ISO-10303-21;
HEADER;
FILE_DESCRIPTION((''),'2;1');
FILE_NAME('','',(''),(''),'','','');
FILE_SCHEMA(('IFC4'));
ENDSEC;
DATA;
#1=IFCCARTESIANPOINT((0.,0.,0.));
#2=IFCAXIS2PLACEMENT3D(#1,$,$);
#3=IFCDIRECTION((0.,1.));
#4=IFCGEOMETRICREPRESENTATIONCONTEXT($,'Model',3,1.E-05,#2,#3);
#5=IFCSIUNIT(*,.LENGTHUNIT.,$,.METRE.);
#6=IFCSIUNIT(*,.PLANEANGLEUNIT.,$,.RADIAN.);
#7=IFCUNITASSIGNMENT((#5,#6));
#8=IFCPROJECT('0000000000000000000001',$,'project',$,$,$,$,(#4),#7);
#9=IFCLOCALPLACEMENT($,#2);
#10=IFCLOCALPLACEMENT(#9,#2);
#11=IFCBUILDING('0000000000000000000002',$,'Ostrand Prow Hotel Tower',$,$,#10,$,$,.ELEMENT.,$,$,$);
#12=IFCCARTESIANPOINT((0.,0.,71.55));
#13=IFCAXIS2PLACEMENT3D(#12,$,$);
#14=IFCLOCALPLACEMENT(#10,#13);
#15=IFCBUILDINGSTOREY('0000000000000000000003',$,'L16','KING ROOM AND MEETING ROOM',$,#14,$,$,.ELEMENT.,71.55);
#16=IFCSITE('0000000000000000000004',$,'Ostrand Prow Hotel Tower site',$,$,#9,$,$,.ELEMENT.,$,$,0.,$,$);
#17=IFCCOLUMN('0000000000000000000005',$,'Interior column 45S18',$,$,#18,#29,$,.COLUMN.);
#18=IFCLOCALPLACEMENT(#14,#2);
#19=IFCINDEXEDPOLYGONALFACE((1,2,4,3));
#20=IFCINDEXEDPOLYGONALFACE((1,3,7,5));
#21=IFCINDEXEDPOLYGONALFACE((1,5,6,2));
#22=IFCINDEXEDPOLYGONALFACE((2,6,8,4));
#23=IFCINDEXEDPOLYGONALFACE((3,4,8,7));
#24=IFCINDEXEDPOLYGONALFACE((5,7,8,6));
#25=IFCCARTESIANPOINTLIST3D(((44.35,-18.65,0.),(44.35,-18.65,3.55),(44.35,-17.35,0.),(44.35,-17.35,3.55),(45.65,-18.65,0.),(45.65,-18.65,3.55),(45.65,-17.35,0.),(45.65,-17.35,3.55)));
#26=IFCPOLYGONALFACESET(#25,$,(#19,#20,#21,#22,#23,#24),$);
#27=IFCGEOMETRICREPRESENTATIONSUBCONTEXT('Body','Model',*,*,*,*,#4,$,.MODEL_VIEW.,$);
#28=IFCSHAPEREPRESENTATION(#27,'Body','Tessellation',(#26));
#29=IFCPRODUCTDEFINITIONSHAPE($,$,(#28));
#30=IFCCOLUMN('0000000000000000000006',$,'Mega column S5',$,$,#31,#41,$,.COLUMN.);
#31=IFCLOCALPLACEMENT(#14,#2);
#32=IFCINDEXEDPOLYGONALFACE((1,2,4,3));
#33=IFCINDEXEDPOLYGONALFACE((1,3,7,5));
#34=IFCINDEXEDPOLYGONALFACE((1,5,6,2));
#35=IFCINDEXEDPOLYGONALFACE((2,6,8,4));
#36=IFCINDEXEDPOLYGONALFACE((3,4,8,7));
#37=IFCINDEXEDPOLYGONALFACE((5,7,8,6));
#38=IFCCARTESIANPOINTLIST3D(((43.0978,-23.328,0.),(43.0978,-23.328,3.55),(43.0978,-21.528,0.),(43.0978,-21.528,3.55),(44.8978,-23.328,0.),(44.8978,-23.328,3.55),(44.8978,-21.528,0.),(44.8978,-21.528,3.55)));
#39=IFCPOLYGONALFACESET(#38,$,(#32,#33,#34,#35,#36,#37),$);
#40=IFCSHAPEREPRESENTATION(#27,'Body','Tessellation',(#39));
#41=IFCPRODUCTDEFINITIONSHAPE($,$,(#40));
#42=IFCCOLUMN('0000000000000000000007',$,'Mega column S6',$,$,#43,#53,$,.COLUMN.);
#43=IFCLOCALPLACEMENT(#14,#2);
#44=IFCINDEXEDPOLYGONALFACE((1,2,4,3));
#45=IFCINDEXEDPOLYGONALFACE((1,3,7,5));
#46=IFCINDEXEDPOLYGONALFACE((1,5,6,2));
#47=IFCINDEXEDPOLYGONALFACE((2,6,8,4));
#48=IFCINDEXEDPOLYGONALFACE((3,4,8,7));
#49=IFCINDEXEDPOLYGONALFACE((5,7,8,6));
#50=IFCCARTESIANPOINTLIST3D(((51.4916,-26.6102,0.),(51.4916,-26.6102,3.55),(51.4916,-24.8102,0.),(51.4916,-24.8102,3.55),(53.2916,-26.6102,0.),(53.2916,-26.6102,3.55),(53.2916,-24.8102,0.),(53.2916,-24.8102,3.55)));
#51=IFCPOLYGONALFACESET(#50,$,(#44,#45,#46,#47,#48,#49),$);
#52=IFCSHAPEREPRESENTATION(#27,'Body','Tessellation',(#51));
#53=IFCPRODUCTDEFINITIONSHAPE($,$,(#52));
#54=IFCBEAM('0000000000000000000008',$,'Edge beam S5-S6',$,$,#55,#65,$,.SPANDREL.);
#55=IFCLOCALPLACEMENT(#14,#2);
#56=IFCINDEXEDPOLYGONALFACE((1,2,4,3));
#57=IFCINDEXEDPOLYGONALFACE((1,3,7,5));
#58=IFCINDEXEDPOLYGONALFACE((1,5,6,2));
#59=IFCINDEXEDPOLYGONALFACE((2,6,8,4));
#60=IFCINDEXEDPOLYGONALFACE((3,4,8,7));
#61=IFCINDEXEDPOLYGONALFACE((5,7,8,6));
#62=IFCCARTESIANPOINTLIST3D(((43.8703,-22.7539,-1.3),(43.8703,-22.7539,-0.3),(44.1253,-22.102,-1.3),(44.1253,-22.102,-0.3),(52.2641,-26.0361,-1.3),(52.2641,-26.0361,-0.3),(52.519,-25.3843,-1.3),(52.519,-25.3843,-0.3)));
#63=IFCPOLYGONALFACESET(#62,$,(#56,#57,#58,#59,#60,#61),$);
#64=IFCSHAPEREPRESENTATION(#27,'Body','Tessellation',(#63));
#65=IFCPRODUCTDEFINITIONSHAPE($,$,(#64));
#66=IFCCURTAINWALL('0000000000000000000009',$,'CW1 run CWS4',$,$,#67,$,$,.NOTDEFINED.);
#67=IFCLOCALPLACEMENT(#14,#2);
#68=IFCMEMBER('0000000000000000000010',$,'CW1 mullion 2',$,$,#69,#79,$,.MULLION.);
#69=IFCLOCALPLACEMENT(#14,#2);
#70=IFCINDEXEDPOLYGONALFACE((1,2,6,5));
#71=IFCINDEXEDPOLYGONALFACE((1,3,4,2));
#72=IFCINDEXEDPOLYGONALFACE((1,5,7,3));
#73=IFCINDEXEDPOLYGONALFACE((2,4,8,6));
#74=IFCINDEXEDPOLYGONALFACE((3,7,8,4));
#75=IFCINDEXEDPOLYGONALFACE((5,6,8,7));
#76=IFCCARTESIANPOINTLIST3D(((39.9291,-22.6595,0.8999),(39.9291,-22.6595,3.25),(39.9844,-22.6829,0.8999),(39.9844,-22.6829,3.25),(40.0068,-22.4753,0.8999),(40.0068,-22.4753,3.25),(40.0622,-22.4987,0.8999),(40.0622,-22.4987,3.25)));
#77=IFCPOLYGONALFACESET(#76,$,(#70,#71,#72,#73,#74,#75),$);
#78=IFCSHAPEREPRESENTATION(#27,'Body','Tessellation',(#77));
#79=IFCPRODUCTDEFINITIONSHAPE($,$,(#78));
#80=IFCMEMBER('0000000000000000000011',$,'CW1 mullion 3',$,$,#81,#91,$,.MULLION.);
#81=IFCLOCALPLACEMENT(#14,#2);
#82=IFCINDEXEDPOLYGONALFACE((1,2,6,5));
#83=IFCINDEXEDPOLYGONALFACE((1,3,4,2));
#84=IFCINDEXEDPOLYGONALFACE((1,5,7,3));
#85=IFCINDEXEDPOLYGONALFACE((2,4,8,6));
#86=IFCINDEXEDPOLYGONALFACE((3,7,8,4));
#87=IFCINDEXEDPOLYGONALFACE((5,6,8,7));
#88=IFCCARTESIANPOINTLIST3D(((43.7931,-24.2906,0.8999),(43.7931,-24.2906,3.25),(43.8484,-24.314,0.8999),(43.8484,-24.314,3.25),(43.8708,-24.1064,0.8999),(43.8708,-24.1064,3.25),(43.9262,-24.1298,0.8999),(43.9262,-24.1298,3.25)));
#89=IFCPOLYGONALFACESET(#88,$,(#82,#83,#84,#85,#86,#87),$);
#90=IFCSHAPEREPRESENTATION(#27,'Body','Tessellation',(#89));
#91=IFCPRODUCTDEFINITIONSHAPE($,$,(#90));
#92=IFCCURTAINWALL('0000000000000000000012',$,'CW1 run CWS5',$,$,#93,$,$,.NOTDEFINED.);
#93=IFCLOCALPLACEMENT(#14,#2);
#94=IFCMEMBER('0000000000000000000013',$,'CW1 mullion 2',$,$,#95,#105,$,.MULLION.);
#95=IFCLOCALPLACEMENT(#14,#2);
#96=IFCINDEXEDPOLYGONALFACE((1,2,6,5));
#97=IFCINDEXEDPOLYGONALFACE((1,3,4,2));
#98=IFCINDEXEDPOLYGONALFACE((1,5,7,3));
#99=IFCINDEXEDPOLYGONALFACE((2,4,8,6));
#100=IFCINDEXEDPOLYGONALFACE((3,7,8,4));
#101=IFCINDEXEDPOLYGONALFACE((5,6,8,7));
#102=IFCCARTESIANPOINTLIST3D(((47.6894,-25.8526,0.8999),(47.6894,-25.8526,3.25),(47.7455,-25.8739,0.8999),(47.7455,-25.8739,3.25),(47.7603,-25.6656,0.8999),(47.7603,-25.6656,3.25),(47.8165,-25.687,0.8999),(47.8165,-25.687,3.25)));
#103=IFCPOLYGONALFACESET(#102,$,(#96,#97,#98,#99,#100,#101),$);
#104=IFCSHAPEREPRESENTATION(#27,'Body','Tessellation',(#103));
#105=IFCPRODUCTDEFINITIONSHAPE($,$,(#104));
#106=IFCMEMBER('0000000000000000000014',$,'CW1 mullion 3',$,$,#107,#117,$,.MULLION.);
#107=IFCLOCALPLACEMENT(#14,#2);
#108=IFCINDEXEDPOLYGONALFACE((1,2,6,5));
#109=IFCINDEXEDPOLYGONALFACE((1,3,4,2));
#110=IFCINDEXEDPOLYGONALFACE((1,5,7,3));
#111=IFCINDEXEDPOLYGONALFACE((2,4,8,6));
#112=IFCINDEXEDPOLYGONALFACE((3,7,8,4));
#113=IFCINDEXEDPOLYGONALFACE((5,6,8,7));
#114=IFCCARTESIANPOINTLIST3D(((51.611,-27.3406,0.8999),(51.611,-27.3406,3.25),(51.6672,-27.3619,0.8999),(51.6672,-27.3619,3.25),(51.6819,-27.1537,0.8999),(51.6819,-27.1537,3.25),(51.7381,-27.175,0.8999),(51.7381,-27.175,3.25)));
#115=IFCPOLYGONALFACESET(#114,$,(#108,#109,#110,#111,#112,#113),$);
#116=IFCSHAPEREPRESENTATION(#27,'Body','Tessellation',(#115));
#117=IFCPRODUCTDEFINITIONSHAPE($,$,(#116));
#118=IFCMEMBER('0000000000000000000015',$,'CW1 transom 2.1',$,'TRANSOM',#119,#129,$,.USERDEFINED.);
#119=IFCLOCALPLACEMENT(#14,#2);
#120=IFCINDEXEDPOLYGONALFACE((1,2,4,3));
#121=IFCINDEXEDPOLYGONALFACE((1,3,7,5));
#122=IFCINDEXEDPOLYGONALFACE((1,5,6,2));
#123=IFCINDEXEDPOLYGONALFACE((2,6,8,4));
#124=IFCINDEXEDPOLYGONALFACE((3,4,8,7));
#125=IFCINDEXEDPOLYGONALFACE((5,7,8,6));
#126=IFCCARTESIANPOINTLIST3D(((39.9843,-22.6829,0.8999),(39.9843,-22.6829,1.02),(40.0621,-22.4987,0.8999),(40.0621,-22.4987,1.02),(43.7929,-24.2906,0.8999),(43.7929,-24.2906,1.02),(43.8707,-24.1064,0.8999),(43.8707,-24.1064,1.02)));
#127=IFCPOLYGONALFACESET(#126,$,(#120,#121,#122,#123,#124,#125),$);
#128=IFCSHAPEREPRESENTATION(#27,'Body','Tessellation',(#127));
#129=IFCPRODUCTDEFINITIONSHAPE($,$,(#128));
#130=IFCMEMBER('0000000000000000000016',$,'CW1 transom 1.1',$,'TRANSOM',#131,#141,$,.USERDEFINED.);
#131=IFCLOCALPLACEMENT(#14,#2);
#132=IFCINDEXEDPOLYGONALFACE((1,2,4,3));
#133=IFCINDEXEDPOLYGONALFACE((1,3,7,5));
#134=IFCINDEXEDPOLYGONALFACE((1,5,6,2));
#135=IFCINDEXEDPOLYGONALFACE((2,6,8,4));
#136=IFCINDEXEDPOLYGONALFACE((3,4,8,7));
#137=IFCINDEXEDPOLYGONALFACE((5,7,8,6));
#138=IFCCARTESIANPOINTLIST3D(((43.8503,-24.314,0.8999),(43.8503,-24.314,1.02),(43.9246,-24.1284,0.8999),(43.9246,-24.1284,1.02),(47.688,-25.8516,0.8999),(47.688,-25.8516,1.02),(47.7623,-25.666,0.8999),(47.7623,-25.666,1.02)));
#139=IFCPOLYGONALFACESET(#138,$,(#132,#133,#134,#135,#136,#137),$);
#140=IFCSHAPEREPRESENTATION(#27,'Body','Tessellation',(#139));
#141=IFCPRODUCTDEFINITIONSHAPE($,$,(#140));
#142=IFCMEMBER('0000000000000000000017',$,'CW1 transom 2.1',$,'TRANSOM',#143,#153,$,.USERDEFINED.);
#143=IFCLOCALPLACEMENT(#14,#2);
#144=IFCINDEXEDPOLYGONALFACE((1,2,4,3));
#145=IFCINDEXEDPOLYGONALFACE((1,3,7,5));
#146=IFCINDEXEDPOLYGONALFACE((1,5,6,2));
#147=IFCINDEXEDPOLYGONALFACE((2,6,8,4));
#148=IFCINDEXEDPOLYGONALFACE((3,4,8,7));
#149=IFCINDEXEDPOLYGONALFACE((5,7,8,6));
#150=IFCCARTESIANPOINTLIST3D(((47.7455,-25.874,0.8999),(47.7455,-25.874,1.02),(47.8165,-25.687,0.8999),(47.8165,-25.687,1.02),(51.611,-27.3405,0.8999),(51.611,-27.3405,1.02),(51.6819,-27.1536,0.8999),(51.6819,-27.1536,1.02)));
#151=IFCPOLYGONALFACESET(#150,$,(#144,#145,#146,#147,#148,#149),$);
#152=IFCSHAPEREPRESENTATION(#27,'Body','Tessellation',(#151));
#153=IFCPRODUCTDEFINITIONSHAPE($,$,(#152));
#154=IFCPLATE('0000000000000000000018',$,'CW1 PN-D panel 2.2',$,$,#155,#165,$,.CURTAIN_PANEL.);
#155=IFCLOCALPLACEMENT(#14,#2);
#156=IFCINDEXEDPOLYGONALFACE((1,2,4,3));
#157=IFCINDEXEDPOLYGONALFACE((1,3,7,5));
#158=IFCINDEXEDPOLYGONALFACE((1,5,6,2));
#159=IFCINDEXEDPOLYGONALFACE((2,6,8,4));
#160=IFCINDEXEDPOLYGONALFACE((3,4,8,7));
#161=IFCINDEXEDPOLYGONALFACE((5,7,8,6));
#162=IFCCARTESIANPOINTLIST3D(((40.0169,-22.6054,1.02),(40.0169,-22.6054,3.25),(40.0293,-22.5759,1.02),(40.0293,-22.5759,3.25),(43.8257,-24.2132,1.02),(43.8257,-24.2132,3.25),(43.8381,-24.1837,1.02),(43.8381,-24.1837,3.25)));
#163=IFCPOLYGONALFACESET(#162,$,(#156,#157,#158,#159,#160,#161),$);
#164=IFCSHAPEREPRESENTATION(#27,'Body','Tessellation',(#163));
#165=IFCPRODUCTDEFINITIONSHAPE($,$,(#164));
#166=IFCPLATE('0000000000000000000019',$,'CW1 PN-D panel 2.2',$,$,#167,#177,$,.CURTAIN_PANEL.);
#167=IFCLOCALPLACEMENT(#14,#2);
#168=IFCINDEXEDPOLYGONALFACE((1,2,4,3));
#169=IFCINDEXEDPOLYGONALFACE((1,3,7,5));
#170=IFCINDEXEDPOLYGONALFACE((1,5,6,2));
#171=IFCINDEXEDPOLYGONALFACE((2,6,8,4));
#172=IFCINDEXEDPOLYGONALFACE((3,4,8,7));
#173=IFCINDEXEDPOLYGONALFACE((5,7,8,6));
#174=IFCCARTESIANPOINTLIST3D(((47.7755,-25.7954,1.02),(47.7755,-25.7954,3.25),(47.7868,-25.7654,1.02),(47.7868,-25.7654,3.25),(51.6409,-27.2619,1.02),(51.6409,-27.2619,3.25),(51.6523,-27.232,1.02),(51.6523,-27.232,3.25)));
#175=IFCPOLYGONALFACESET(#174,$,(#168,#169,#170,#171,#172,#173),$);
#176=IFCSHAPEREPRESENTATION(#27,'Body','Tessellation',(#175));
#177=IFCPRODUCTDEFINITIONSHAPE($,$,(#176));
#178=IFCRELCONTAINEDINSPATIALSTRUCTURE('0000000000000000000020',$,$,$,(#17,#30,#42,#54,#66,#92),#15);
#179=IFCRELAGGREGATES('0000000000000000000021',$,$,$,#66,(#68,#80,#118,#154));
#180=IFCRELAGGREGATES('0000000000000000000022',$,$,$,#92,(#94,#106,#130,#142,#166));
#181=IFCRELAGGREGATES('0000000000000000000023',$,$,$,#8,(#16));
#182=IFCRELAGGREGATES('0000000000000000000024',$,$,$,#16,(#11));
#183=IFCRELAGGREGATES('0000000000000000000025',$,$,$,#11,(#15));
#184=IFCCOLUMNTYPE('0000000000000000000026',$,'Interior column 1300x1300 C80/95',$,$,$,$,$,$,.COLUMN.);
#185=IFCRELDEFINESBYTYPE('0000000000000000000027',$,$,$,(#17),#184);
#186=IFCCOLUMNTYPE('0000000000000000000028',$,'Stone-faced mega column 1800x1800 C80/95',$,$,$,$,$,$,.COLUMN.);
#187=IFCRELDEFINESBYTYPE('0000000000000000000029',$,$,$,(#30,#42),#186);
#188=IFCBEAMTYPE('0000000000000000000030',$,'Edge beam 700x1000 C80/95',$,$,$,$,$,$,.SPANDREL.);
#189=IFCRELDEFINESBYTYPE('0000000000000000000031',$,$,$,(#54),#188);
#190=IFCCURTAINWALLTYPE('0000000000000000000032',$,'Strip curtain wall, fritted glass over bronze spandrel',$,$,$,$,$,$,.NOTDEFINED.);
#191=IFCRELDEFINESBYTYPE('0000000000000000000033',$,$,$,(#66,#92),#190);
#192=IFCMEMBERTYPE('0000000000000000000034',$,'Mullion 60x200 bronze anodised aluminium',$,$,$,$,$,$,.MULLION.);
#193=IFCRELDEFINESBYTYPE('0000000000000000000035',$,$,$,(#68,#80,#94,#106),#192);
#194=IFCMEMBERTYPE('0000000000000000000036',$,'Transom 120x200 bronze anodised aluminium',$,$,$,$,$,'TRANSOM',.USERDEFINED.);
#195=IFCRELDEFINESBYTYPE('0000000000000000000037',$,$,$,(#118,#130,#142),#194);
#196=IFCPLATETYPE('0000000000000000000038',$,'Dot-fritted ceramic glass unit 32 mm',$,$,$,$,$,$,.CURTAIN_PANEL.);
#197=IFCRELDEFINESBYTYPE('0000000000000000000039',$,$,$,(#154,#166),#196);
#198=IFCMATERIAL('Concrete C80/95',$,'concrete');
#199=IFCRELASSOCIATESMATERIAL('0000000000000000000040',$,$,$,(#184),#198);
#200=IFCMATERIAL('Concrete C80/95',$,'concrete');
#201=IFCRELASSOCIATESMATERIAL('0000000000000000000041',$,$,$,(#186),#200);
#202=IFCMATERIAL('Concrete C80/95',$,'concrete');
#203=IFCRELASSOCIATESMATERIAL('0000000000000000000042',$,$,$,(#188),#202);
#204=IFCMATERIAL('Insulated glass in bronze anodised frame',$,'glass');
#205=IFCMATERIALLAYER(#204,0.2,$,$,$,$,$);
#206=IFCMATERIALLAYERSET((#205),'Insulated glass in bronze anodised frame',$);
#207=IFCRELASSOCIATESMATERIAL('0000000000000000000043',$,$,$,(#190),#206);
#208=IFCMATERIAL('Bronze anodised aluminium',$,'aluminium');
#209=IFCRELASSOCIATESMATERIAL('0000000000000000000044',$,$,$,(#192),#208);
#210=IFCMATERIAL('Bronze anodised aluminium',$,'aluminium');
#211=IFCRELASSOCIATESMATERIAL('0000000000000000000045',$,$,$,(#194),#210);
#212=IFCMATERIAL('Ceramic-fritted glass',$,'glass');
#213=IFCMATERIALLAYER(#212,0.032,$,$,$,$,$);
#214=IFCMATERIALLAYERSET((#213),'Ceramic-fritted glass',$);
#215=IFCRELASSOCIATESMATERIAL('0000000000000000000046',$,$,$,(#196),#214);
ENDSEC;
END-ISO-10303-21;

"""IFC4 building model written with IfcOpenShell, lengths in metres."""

from ifc_helpers import new_model, si_unit, direction, frame, origin, origin_2d, place, context, subcontext, project, spatial, rectangle, extrude, material, layer, layer_set, material_profile, profile_set, type_object, element, aggregate, save


model = new_model("IFC4")

# Units and contexts
model_context = context("Model", 3, precision=1e-05, world=origin(), true_north=direction((0.0, 1.0)))
body_context = subcontext(model_context, "Body", "Model", "MODEL_VIEW")
ifc_project = project(units=[si_unit("LENGTHUNIT", "METRE"), si_unit("PLANEANGLEUNIT", "RADIAN")], contexts=[model_context])

# Site, building, storey
site_placement = place(None, origin())
site = spatial("IfcSite", under=ifc_project, at=site_placement, Name="Ostrand Prow Hotel Tower site", CompositionType="ELEMENT", RefElevation=0.0)
building_placement = place(site_placement, origin())
building = spatial("IfcBuilding", under=site, at=building_placement, Name="Ostrand Prow Hotel Tower", CompositionType="ELEMENT")
storey_placement = place(building_placement, frame((0.0, 0.0, 71.55)))
storey = spatial("IfcBuildingStorey", under=building, at=storey_placement, Name="L16", Description="KING ROOM AND MEETING ROOM", CompositionType="ELEMENT", Elevation=71.55)

# Columns
ifc_material_1 = material(Name="Concrete C80/95", Category="concrete")
ifc_material_profile_1 = material_profile(ifc_material_1, rectangle(XDim=1.3, YDim=1.3, at=origin_2d()), Name="RC 1300x1300")
ifc_profile_set_1 = profile_set([ifc_material_profile_1], Name="Concrete C80/95")
column_type_1 = type_object("IfcColumnType", Name="Interior column 1300x1300 C80/95", PredefinedType="COLUMN", material=ifc_profile_set_1)
column_placement = place(storey_placement, frame((45.0, -18.0, 0.0), z_axis=(0.0, 0.0, 1.0), x_axis=(1.0, 0.0, 0.0)))
element("IfcColumn", 1, at=column_placement, inside=storey, type_object=column_type_1, Name="Interior column 45S18", PredefinedType="COLUMN", context=body_context, shape_type="SweptSolid", body=[
    extrude(rectangle(XDim=1.3, YDim=1.3, at=origin_2d()), origin(), (0.0, 0.0, 1.0), 3.55),
])
ifc_material_2 = material(Name="Concrete C80/95", Category="concrete")
ifc_material_profile_2 = material_profile(ifc_material_2, rectangle(XDim=1.8, YDim=1.8, at=origin_2d()), Name="RC 1800x1800")
ifc_profile_set_2 = profile_set([ifc_material_profile_2], Name="Concrete C80/95")
column_type_2 = type_object("IfcColumnType", Name="Stone-faced mega column 1800x1800 C80/95", PredefinedType="COLUMN", material=ifc_profile_set_2)
for number, where, z_axis, x_axis, name in (
    (2, (43.9978, -22.428, 0.0), (0.0, 0.0, 1.0), (1.0, 0.0, 0.0), "Mega column S5"),
    (3, (52.3916, -25.7102, 0.0), (0.0, 0.0, 1.0), (1.0, 0.0, 0.0), "Mega column S6"),
):
    element("IfcColumn", number, at=place(storey_placement, frame(where, z_axis=z_axis, x_axis=x_axis)), inside=storey, type_object=column_type_2, Name=name, PredefinedType="COLUMN", context=body_context, shape_type="SweptSolid", body=[
        extrude(rectangle(XDim=1.8, YDim=1.8, at=origin_2d()), origin(), (0.0, 0.0, 1.0), 3.55),
    ])

# Beam
ifc_material_3 = material(Name="Concrete C80/95", Category="concrete")
ifc_material_profile_3 = material_profile(ifc_material_3, rectangle(XDim=0.7, YDim=1.0, at=origin_2d()), Name="RC 700x1000")
ifc_profile_set_3 = profile_set([ifc_material_profile_3], Name="Concrete C80/95")
beam_type = type_object("IfcBeamType", Name="Edge beam 700x1000 C80/95", PredefinedType="SPANDREL", material=ifc_profile_set_3)
beam_placement = place(storey_placement, frame((43.9978, -22.428, -0.8), z_axis=(0.931329, -0.364178, 0.0), x_axis=(0.364178, 0.931329, 0.0)))
element("IfcBeam", 4, at=beam_placement, inside=storey, type_object=beam_type, Name="Edge beam S5-S6", PredefinedType="SPANDREL", context=body_context, shape_type="SweptSolid", body=[
    extrude(rectangle(XDim=0.7, YDim=1.0, at=origin_2d()), origin(), (0.0, 0.0, 1.0), 9.0127),
])

# Curtain walls, members
ifc_material_4 = material(Name="Insulated glass in bronze anodised frame", Category="glass")
ifc_layer_1 = layer(ifc_material_4, 0.2)
ifc_layer_set_1 = layer_set([ifc_layer_1], Name="Insulated glass in bronze anodised frame")
curtain_wall_type = type_object("IfcCurtainWallType", Name="Strip curtain wall, fritted glass over bronze spandrel", PredefinedType="NOTDEFINED", material=ifc_layer_set_1)
curtain_wall_1_placement = place(storey_placement, origin())
curtain_wall_1 = element("IfcCurtainWall", 5, at=curtain_wall_1_placement, inside=storey, type_object=curtain_wall_type, Name="CW1 run CWS4", PredefinedType="NOTDEFINED")
ifc_material_5 = material(Name="Bronze anodised aluminium", Category="aluminium")
ifc_material_profile_4 = material_profile(ifc_material_5, rectangle(XDim=0.2, YDim=0.0601, at=origin_2d()), Name="Mullion 60x200 bronze anodised aluminium")
ifc_profile_set_4 = profile_set([ifc_material_profile_4], Name="Bronze anodised aluminium")
member_type_1 = type_object("IfcMemberType", Name="Mullion 60x200 bronze anodised aluminium", PredefinedType="MULLION", material=ifc_profile_set_4)
member_1_placement = place(storey_placement, frame((39.9956, -22.5791, 0.8999), z_axis=(0.0, 0.0, 1.0), x_axis=(0.388892, 0.921283, 0.0)))
member_1 = element("IfcMember", 6, at=member_1_placement, type_object=member_type_1, Name="CW1 mullion 2", PredefinedType="MULLION", context=body_context, shape_type="SweptSolid", body=[
    extrude(rectangle(XDim=0.2, YDim=0.0601, at=origin_2d()), origin(), (0.0, 0.0, 1.0), 2.3501),
])
member_2_placement = place(storey_placement, frame((43.8596, -24.2102, 0.8999), z_axis=(0.0, 0.0, 1.0), x_axis=(0.388892, 0.921283, 0.0)))
member_2 = element("IfcMember", 7, at=member_2_placement, type_object=member_type_1, Name="CW1 mullion 3", PredefinedType="MULLION", context=body_context, shape_type="SweptSolid", body=[
    extrude(rectangle(XDim=0.2, YDim=0.0601, at=origin_2d()), origin(), (0.0, 0.0, 1.0), 2.3501),
])
curtain_wall_2_placement = place(storey_placement, origin())
curtain_wall_2 = element("IfcCurtainWall", 8, at=curtain_wall_2_placement, inside=storey, type_object=curtain_wall_type, Name="CW1 run CWS5", PredefinedType="NOTDEFINED")
member_3_placement = place(storey_placement, frame((47.7529, -25.7698, 0.8999), z_axis=(0.0, 0.0, 1.0), x_axis=(0.354728, 0.934969, 0.0)))
member_3 = element("IfcMember", 9, at=member_3_placement, type_object=member_type_1, Name="CW1 mullion 2", PredefinedType="MULLION", context=body_context, shape_type="SweptSolid", body=[
    extrude(rectangle(XDim=0.2, YDim=0.0601, at=origin_2d()), origin(), (0.0, 0.0, 1.0), 2.3501),
])
member_4_placement = place(storey_placement, frame((51.6746, -27.2578, 0.8999), z_axis=(0.0, 0.0, 1.0), x_axis=(0.354728, 0.934969, 0.0)))
member_4 = element("IfcMember", 10, at=member_4_placement, type_object=member_type_1, Name="CW1 mullion 3", PredefinedType="MULLION", context=body_context, shape_type="SweptSolid", body=[
    extrude(rectangle(XDim=0.2, YDim=0.0601, at=origin_2d()), origin(), (0.0, 0.0, 1.0), 2.3501),
])

# Members
ifc_material_6 = material(Name="Bronze anodised aluminium", Category="aluminium")
ifc_material_profile_5 = material_profile(ifc_material_6, rectangle(XDim=0.2, YDim=0.1201, at=origin_2d()), Name="Transom 120x200 bronze anodised aluminium")
ifc_profile_set_5 = profile_set([ifc_material_profile_5], Name="Bronze anodised aluminium")
member_type_2 = type_object("IfcMemberType", Name="Transom 120x200 bronze anodised aluminium", ElementType="TRANSOM", PredefinedType="USERDEFINED", material=ifc_profile_set_5)
member_5_placement = place(storey_placement, frame((40.0232, -22.5908, 0.96), z_axis=(0.921285, -0.388888, 0.0), x_axis=(0.388888, 0.921285, 0.0)))
member_5 = element("IfcMember", 11, at=member_5_placement, type_object=member_type_2, Name="CW1 transom 2.1", ObjectType="TRANSOM", PredefinedType="USERDEFINED", context=body_context, shape_type="SweptSolid", body=[
    extrude(rectangle(XDim=0.2, YDim=0.1201, at=origin_2d()), origin(), (0.0, 0.0, 1.0), 4.134),
])
member_6_placement = place(storey_placement, frame((43.8875, -24.2212, 0.96), z_axis=(0.928265, -0.37192, 0.0), x_axis=(0.37192, 0.928265, 0.0)))
member_6 = element("IfcMember", 12, at=member_6_placement, type_object=member_type_2, Name="CW1 transom 1.1", ObjectType="TRANSOM", PredefinedType="USERDEFINED", context=body_context, shape_type="SweptSolid", body=[
    extrude(rectangle(XDim=0.2, YDim=0.1201, at=origin_2d()), origin(), (0.0, 0.0, 1.0), 4.1343),
])
member_7_placement = place(storey_placement, frame((47.781, -25.7805, 0.96), z_axis=(0.934971, -0.354725, 0.0), x_axis=(0.354725, 0.934971, 0.0)))
member_7 = element("IfcMember", 13, at=member_7_placement, type_object=member_type_2, Name="CW1 transom 2.1", ObjectType="TRANSOM", PredefinedType="USERDEFINED", context=body_context, shape_type="SweptSolid", body=[
    extrude(rectangle(XDim=0.2, YDim=0.1201, at=origin_2d()), origin(), (0.0, 0.0, 1.0), 4.1343),
])

# Plates
ifc_material_7 = material(Name="Ceramic-fritted glass", Category="glass")
ifc_layer_2 = layer(ifc_material_7, 0.032)
ifc_layer_set_2 = layer_set([ifc_layer_2], Name="Ceramic-fritted glass")
plate_type_1 = type_object("IfcPlateType", Name="Dot-fritted ceramic glass unit 32 mm", PredefinedType="CURTAIN_PANEL", material=ifc_layer_set_2)
plate_1_placement = place(storey_placement, frame((41.9275, -23.3945, 1.02), z_axis=(0.0, 0.0, 1.0), x_axis=(0.921283, -0.388892, 0.0)))
plate_1 = element("IfcPlate", 14, at=plate_1_placement, type_object=plate_type_1, Name="CW1 PN-D panel 2.2", PredefinedType="CURTAIN_PANEL", context=body_context, shape_type="SweptSolid", body=[
    extrude(rectangle(XDim=4.1343, YDim=0.032, at=origin_2d()), origin(), (0.0, 0.0, 1.0), 2.23),
])
aggregate(curtain_wall_1, [member_1, member_2, member_5, plate_1])
plate_2_placement = place(storey_placement, frame((49.7139, -26.5137, 1.02), z_axis=(0.0, 0.0, 1.0), x_axis=(0.934969, -0.354728, 0.0)))
plate_2 = element("IfcPlate", 15, at=plate_2_placement, type_object=plate_type_1, Name="CW1 PN-D panel 2.2", PredefinedType="CURTAIN_PANEL", context=body_context, shape_type="SweptSolid", body=[
    extrude(rectangle(XDim=4.1343, YDim=0.032, at=origin_2d()), origin(), (0.0, 0.0, 1.0), 2.23),
])
aggregate(curtain_wall_2, [member_3, member_4, member_6, member_7, plate_2])

save(model, "model.ifc")
